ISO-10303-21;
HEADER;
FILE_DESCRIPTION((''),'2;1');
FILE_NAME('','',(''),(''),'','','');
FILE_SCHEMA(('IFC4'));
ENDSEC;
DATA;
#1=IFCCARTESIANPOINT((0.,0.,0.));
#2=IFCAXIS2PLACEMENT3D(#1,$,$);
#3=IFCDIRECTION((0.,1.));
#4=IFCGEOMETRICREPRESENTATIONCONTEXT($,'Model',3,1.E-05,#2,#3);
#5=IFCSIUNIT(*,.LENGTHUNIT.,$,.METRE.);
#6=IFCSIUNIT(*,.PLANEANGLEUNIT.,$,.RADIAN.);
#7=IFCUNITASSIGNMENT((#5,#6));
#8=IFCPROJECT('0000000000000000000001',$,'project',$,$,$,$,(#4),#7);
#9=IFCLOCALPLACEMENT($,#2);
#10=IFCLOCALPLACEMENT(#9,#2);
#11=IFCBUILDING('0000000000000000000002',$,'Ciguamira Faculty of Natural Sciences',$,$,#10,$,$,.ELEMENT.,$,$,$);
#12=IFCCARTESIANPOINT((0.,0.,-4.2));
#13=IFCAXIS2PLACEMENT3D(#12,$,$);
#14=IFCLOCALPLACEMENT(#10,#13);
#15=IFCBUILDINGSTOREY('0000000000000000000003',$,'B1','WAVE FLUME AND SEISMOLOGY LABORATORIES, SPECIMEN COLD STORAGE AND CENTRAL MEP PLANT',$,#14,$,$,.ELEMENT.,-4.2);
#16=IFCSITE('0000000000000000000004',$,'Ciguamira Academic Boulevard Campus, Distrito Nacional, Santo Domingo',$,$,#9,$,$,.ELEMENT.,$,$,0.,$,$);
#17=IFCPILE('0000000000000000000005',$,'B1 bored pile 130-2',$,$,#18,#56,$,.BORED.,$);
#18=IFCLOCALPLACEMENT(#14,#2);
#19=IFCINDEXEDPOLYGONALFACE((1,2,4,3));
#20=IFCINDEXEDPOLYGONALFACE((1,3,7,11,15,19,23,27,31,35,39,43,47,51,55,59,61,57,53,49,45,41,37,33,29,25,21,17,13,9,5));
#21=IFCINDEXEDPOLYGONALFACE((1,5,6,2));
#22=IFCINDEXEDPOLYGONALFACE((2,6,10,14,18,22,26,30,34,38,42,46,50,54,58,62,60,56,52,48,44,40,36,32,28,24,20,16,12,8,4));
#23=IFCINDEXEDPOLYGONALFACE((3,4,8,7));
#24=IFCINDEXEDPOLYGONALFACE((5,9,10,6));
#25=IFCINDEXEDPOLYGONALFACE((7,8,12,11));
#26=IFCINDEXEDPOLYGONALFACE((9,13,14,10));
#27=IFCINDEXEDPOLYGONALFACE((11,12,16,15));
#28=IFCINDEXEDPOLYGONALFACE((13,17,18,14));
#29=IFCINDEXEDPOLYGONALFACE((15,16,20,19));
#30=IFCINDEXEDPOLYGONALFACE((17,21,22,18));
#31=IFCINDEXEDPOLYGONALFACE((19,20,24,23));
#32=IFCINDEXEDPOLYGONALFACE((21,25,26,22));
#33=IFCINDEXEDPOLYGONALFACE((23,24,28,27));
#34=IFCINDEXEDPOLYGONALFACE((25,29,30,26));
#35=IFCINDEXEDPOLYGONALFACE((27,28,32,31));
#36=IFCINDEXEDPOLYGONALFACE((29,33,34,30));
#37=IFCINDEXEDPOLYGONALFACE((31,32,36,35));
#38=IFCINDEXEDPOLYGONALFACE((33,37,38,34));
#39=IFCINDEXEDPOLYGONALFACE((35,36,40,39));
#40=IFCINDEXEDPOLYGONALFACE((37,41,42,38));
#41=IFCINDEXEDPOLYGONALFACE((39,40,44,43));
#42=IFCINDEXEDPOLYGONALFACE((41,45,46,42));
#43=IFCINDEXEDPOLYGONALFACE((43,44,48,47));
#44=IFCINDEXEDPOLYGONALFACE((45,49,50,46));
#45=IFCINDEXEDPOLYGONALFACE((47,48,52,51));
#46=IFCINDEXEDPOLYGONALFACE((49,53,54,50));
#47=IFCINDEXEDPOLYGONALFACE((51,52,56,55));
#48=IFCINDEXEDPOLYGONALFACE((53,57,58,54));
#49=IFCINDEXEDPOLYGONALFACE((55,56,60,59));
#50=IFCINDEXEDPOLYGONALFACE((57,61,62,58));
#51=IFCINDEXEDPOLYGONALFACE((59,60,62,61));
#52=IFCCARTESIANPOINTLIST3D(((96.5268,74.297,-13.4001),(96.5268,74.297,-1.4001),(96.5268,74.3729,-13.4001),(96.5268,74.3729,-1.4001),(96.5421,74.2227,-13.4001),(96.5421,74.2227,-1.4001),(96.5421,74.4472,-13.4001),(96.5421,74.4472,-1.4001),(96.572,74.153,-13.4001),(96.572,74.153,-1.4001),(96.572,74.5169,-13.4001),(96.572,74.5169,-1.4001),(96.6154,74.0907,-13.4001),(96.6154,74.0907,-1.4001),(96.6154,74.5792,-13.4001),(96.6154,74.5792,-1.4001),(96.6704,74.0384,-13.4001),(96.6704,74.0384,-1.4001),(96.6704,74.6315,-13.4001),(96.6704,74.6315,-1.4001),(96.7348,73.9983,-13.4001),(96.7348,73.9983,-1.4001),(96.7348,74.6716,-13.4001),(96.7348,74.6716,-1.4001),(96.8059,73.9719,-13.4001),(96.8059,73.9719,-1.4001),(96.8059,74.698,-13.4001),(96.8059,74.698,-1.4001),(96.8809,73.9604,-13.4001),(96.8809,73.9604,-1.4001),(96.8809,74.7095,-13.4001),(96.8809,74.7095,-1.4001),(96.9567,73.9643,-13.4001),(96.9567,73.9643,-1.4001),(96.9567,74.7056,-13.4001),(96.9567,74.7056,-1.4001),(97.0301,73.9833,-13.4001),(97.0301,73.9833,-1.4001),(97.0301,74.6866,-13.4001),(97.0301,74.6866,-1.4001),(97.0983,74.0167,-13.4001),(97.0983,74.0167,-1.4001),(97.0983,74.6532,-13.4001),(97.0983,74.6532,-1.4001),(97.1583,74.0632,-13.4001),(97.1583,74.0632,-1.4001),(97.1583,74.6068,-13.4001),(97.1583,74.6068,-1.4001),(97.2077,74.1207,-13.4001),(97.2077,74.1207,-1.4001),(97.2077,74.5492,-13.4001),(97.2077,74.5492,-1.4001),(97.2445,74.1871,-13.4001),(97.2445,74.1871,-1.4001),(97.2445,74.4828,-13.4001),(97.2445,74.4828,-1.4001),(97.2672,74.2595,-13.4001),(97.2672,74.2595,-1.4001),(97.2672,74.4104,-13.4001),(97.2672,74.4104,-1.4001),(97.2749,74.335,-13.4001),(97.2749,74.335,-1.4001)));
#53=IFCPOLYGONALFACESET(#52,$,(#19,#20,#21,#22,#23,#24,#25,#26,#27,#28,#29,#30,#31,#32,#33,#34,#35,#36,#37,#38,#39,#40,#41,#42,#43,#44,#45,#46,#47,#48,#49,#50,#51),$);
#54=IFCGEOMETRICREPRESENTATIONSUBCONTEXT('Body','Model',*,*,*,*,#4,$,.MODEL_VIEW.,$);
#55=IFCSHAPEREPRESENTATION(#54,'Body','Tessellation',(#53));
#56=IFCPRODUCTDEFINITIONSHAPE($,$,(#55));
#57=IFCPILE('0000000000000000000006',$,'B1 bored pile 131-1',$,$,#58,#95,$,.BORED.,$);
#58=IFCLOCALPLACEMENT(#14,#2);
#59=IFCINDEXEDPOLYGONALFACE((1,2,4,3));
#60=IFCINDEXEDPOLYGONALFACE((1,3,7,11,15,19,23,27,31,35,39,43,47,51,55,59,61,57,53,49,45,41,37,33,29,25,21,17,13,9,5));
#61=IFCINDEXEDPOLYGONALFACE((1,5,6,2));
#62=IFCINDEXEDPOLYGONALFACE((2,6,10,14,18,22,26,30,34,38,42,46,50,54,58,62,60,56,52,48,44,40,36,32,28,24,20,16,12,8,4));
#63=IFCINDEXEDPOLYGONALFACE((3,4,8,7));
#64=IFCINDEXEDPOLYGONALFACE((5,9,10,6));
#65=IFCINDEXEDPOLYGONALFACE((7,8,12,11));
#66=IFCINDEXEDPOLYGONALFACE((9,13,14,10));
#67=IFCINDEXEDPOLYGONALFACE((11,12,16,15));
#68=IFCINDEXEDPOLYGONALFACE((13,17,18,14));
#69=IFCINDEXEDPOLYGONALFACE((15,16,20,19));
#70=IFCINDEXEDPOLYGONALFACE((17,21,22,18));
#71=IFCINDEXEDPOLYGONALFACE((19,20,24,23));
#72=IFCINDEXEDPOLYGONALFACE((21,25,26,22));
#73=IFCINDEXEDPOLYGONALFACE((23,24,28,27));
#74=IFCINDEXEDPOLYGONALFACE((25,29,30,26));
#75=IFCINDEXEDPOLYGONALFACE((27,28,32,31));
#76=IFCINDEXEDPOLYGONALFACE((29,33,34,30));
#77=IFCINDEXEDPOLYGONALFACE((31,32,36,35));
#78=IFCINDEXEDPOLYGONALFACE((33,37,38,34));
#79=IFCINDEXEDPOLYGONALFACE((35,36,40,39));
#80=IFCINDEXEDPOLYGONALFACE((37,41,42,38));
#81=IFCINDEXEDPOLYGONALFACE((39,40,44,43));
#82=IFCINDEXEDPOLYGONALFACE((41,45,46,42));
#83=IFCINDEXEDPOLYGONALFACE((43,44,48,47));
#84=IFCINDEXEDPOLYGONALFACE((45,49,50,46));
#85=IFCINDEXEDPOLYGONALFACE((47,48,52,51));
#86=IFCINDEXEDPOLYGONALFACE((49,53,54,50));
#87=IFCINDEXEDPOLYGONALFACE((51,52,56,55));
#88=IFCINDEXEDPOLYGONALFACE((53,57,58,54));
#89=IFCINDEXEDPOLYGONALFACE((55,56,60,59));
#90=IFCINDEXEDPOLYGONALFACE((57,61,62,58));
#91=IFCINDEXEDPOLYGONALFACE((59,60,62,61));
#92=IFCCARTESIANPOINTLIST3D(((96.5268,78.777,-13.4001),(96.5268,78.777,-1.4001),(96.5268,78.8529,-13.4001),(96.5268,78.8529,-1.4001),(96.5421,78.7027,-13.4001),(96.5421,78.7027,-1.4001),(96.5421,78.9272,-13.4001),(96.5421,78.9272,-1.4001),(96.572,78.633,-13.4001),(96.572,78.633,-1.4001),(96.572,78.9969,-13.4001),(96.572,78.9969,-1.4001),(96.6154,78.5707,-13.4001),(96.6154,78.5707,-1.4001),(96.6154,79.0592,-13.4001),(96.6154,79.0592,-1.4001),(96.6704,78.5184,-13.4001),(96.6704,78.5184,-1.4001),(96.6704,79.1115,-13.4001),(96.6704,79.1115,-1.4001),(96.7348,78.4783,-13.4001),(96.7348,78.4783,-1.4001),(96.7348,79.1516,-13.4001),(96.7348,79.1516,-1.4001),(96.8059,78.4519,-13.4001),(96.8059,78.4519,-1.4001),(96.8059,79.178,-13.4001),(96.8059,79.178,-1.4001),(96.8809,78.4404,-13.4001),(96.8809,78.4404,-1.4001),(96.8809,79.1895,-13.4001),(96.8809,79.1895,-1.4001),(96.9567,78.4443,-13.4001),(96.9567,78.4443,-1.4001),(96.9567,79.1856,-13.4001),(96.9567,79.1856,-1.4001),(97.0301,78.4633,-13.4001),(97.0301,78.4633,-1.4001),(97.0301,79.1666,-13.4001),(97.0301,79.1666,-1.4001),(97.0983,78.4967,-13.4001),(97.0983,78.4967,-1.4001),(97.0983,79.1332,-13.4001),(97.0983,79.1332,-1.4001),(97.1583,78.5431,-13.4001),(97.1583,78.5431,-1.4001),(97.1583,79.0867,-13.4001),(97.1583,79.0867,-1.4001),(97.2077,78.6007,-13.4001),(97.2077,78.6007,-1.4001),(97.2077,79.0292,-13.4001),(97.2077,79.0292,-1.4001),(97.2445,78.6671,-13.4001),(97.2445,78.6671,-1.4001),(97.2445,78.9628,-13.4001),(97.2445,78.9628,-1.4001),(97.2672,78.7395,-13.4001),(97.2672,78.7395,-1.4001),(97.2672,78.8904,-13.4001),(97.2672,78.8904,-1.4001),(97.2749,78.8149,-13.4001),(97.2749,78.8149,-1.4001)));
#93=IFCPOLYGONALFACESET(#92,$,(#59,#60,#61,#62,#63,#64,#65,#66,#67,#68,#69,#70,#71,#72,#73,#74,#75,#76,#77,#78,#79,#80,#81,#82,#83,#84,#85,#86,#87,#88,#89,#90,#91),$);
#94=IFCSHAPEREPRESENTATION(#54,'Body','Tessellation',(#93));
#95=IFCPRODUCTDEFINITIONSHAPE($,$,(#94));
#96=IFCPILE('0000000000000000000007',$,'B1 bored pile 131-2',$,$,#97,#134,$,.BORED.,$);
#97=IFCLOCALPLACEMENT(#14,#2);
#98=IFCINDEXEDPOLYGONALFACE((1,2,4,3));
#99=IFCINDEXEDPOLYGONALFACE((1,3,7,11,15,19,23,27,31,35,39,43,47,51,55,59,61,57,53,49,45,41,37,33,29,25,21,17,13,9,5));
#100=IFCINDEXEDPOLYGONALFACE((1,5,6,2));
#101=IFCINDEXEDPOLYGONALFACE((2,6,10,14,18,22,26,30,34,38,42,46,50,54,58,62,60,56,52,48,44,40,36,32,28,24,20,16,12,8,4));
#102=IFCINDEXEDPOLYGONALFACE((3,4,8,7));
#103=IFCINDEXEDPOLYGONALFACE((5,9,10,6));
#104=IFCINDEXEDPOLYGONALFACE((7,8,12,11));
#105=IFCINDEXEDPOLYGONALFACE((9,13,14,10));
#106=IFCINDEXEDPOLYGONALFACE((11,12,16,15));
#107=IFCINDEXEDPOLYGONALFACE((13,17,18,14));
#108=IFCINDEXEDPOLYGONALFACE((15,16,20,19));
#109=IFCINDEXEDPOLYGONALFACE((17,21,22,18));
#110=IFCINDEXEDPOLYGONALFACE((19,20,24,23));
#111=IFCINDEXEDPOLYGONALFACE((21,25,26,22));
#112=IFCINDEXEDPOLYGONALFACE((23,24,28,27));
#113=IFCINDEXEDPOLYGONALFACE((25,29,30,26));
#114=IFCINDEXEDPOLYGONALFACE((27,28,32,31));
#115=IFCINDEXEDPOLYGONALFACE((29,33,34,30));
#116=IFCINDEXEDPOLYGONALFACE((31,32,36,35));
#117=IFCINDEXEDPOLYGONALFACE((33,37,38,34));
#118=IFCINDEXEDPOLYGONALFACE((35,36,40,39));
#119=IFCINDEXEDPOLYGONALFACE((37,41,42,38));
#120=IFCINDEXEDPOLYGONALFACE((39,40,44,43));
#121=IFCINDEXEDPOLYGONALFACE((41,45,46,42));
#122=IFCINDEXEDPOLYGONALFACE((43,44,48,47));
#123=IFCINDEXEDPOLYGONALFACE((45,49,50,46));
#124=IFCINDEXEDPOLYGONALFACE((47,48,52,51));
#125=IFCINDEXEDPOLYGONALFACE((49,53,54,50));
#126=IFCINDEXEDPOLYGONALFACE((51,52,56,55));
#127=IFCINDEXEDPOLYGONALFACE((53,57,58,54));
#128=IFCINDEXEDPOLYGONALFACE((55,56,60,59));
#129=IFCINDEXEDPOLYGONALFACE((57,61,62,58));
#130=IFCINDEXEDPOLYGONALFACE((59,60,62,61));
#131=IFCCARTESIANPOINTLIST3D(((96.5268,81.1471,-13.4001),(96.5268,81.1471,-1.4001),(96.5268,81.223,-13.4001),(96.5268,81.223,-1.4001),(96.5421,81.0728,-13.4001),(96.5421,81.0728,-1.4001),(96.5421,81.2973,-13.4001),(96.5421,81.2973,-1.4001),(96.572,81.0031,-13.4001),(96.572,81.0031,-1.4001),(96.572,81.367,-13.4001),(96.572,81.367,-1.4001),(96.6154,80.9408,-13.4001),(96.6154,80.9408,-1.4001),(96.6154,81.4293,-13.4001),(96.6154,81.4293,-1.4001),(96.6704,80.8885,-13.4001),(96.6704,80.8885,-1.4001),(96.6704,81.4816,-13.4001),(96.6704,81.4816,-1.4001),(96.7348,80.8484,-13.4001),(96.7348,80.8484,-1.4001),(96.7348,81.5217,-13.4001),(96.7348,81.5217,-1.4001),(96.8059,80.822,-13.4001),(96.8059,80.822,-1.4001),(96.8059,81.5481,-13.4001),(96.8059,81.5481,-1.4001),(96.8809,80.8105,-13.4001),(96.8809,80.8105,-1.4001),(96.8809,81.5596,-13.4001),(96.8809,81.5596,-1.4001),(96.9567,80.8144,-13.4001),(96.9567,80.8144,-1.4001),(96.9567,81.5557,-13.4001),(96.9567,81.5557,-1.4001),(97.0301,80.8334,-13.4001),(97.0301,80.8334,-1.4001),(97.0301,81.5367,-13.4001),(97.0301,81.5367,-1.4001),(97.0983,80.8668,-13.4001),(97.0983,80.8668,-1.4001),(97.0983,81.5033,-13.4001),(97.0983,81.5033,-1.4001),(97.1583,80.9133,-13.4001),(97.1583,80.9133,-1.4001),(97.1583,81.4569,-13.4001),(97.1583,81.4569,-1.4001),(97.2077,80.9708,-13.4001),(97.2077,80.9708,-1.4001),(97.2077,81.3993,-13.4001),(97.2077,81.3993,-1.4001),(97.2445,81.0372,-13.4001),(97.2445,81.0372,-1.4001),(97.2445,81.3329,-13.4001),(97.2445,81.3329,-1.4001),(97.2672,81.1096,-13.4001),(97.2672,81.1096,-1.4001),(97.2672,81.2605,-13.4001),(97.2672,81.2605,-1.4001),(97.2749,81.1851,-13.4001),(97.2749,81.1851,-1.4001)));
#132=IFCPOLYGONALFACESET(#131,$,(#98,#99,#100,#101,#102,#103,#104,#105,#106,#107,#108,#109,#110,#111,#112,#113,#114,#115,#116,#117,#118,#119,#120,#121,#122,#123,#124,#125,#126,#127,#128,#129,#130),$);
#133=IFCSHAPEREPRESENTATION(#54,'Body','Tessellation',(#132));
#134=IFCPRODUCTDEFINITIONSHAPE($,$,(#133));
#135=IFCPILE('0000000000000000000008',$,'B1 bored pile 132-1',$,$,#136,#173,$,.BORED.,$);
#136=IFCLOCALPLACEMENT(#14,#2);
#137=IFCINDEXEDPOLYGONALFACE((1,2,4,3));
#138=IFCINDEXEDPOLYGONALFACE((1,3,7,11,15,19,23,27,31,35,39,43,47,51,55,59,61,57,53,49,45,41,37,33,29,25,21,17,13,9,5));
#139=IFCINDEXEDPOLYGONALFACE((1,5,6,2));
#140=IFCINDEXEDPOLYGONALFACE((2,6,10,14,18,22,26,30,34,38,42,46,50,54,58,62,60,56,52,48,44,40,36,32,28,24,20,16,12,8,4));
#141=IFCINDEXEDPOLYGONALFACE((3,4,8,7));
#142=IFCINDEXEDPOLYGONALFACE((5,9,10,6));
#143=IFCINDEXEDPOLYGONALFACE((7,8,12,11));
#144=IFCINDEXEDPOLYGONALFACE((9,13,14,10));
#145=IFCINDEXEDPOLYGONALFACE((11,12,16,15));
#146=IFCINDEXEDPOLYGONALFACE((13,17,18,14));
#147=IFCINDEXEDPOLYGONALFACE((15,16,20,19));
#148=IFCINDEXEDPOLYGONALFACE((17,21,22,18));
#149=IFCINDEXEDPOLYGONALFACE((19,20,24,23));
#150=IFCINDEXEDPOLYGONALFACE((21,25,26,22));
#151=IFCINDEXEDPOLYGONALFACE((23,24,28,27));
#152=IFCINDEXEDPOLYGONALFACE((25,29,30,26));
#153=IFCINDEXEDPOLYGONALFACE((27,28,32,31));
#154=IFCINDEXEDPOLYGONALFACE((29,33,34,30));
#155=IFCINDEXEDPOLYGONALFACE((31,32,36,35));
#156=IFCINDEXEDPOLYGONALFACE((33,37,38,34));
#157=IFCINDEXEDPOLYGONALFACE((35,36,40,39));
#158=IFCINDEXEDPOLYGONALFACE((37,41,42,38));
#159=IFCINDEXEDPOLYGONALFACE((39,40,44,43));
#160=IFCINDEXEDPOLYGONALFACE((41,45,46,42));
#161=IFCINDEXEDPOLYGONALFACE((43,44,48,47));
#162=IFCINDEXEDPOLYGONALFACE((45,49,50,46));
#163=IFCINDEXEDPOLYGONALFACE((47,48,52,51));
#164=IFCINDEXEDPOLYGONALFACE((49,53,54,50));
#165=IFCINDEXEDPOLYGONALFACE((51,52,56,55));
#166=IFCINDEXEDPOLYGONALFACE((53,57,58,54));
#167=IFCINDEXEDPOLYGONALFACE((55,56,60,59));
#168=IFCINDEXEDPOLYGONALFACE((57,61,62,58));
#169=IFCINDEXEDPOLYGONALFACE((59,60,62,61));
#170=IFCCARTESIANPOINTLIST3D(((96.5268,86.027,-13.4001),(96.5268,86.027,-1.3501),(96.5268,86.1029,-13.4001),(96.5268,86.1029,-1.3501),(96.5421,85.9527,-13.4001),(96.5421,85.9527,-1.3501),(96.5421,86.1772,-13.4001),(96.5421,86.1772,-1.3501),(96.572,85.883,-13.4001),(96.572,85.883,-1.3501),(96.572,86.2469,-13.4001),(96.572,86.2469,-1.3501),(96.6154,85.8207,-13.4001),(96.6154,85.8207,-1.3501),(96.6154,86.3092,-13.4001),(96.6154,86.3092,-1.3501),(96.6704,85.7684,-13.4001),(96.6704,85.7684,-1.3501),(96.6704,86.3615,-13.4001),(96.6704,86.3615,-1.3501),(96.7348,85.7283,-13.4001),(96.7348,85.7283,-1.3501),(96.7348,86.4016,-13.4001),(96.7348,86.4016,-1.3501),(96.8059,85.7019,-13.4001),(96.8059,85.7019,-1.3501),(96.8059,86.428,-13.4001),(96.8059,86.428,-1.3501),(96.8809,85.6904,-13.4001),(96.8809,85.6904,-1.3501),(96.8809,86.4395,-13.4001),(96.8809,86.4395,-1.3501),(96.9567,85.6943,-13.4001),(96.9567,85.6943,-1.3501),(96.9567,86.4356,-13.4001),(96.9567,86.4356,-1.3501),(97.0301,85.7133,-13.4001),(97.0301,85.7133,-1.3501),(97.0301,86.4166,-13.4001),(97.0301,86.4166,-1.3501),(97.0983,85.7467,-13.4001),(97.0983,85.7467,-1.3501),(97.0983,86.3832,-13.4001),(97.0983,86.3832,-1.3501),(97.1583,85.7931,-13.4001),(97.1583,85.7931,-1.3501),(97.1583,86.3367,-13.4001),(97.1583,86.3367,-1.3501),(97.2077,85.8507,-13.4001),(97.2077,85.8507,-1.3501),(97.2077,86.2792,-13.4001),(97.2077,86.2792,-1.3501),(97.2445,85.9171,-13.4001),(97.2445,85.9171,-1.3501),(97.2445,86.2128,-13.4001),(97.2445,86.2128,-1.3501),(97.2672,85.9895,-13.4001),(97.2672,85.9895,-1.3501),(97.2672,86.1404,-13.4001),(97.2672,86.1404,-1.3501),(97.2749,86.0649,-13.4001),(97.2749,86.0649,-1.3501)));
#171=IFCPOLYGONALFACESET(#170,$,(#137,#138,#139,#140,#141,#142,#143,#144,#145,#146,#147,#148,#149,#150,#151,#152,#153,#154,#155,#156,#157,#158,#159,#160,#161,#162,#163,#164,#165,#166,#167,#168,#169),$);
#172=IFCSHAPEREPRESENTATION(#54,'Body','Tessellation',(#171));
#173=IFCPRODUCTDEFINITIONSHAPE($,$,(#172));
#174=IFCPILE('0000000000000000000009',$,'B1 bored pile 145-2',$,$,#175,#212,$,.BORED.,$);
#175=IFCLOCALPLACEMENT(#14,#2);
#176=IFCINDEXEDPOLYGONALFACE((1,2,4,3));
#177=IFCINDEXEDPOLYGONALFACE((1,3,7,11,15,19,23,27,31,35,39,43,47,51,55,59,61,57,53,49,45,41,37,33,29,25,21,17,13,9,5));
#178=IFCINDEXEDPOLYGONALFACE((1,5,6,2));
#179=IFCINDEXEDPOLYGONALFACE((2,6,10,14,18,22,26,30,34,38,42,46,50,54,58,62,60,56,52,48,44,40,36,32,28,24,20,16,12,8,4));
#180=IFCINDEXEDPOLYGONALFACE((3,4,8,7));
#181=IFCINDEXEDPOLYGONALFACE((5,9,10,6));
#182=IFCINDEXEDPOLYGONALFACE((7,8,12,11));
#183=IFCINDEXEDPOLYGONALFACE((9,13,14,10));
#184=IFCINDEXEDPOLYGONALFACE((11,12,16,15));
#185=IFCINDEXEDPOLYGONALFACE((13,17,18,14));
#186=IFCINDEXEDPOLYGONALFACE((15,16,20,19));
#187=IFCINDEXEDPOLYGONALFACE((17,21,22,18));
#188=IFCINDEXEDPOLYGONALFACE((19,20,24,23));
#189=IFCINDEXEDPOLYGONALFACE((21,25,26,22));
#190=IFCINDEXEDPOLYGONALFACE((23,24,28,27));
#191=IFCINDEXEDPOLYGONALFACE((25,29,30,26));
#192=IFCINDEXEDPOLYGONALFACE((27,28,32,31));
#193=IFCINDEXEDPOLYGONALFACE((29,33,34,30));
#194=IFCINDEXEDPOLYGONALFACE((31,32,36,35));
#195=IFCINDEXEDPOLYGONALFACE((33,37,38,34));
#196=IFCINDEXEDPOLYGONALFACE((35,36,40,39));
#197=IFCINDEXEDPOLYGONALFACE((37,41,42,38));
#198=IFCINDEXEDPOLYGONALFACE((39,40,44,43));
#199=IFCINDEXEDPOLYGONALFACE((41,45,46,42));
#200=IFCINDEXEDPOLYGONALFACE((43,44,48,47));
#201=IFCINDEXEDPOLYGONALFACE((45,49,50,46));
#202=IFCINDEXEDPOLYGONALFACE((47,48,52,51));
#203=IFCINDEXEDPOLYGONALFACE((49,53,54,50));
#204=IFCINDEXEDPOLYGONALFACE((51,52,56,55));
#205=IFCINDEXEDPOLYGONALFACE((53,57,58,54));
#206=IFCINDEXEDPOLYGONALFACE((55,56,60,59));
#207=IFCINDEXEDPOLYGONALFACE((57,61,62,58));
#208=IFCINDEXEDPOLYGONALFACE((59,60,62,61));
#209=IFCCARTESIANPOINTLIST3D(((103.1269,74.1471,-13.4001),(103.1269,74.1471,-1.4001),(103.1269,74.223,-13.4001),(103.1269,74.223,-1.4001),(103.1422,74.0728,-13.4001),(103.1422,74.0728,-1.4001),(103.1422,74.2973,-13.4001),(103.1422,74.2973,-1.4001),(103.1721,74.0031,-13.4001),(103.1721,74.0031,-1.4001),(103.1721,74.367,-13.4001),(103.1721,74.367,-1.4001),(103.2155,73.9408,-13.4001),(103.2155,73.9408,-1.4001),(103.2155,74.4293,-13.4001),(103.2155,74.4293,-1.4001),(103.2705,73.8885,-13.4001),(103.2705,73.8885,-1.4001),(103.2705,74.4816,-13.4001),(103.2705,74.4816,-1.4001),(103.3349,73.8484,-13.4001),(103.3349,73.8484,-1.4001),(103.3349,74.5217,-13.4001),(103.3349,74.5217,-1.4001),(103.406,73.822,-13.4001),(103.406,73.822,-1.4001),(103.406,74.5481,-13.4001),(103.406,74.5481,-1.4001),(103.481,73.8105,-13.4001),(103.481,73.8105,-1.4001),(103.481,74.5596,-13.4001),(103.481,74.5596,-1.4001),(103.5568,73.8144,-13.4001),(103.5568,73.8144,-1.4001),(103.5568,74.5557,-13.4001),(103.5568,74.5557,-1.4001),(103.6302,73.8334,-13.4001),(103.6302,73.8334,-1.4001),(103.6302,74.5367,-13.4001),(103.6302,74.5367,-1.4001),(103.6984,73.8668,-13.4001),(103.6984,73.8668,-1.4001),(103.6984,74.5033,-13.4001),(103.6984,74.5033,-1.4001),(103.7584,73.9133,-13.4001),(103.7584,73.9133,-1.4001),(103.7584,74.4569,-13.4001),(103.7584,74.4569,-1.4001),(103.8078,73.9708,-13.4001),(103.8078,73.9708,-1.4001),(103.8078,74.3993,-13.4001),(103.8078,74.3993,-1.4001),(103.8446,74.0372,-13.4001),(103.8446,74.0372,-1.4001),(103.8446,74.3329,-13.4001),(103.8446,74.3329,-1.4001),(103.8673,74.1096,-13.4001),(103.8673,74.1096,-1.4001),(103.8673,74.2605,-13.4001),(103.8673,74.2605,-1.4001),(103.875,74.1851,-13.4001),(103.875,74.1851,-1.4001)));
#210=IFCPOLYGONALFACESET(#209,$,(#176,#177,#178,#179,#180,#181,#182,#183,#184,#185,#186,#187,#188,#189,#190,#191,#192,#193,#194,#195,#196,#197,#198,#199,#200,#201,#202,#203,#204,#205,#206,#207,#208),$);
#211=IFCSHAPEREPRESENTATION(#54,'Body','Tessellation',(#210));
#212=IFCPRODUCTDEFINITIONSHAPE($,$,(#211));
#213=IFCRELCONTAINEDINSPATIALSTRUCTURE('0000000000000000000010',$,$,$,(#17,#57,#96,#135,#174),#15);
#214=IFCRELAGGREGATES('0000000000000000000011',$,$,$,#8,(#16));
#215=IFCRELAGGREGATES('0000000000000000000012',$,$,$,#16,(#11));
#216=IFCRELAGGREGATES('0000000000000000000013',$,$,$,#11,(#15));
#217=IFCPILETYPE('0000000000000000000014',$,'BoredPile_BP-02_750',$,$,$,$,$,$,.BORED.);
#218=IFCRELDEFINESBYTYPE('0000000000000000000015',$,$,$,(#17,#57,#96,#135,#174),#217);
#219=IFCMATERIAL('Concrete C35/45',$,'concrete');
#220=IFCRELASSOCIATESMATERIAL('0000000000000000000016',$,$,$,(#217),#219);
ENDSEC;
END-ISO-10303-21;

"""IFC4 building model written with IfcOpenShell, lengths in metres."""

from ifc_helpers import new_model, si_unit, direction, frame, origin, origin_2d, place, context, subcontext, project, spatial, circle, extrude, material, material_profile, profile_set, type_object, element, save


model = new_model("IFC4")

# Units and contexts
model_context = context("Model", 3, precision=1e-05, world=origin(), true_north=direction((0.0, 1.0)))
body_context = subcontext(model_context, "Body", "Model", "MODEL_VIEW")
ifc_project = project(units=[si_unit("LENGTHUNIT", "METRE"), si_unit("PLANEANGLEUNIT", "RADIAN")], contexts=[model_context])

# Site, building, storey
site_placement = place(None, origin())
site = spatial("IfcSite", under=ifc_project, at=site_placement, Name="Ciguamira Academic Boulevard Campus, Distrito Nacional, Santo Domingo", CompositionType="ELEMENT", RefElevation=0.0)
building_placement = place(site_placement, origin())
building = spatial("IfcBuilding", under=site, at=building_placement, Name="Ciguamira Faculty of Natural Sciences", CompositionType="ELEMENT")
storey_placement = place(building_placement, frame((0.0, 0.0, -4.2)))
storey = spatial("IfcBuildingStorey", under=building, at=storey_placement, Name="B1", Description="WAVE FLUME AND SEISMOLOGY LABORATORIES, SPECIMEN COLD STORAGE AND CENTRAL MEP PLANT", CompositionType="ELEMENT", Elevation=-4.2)

# Piles
ifc_material_1 = material(Name="Concrete C35/45", Category="concrete")
ifc_material_profile_1 = material_profile(ifc_material_1, circle(Radius=0.375, at=origin_2d()), Name="PILE-BORED-750")
ifc_profile_set_1 = profile_set([ifc_material_profile_1], Name="Concrete C35/45")
pile_type = type_object("IfcPileType", Name="BoredPile_BP-02_750", PredefinedType="BORED", material=ifc_profile_set_1)
for number, where, z_axis, x_axis, name in (
    (1, (96.8999, 74.335, -1.4001), (0.0, 0.0, -1.0), (1.0, 0.0, 0.0), "B1 bored pile 130-2"),
    (2, (96.8999, 78.8149, -1.4001), (0.0, 0.0, -1.0), (1.0, 0.0, 0.0), "B1 bored pile 131-1"),
    (3, (96.8999, 81.1851, -1.4001), (0.0, 0.0, -1.0), (1.0, 0.0, 0.0), "B1 bored pile 131-2"),
):
    element("IfcPile", number, at=place(storey_placement, frame(where, z_axis=z_axis, x_axis=x_axis)), inside=storey, type_object=pile_type, Name=name, PredefinedType="BORED", context=body_context, shape_type="SweptSolid", body=[
        extrude(circle(Radius=0.375, at=origin_2d()), origin(), (0.0, 0.0, 1.0), 12.0),
    ])
pile_1_placement = place(storey_placement, frame((96.8999, 86.0649, -1.3501), z_axis=(0.0, 0.0, -1.0), x_axis=(1.0, 0.0, 0.0)))
element("IfcPile", 4, at=pile_1_placement, inside=storey, type_object=pile_type, Name="B1 bored pile 132-1", PredefinedType="BORED", context=body_context, shape_type="SweptSolid", body=[
    extrude(circle(Radius=0.375, at=origin_2d()), origin(), (0.0, 0.0, 1.0), 12.05),
])
pile_2_placement = place(storey_placement, frame((103.5, 74.1851, -1.4001), z_axis=(0.0, 0.0, -1.0), x_axis=(1.0, 0.0, 0.0)))
element("IfcPile", 5, at=pile_2_placement, inside=storey, type_object=pile_type, Name="B1 bored pile 145-2", PredefinedType="BORED", context=body_context, shape_type="SweptSolid", body=[
    extrude(circle(Radius=0.375, at=origin_2d()), origin(), (0.0, 0.0, 1.0), 12.0),
])

save(model, "model.ifc")
